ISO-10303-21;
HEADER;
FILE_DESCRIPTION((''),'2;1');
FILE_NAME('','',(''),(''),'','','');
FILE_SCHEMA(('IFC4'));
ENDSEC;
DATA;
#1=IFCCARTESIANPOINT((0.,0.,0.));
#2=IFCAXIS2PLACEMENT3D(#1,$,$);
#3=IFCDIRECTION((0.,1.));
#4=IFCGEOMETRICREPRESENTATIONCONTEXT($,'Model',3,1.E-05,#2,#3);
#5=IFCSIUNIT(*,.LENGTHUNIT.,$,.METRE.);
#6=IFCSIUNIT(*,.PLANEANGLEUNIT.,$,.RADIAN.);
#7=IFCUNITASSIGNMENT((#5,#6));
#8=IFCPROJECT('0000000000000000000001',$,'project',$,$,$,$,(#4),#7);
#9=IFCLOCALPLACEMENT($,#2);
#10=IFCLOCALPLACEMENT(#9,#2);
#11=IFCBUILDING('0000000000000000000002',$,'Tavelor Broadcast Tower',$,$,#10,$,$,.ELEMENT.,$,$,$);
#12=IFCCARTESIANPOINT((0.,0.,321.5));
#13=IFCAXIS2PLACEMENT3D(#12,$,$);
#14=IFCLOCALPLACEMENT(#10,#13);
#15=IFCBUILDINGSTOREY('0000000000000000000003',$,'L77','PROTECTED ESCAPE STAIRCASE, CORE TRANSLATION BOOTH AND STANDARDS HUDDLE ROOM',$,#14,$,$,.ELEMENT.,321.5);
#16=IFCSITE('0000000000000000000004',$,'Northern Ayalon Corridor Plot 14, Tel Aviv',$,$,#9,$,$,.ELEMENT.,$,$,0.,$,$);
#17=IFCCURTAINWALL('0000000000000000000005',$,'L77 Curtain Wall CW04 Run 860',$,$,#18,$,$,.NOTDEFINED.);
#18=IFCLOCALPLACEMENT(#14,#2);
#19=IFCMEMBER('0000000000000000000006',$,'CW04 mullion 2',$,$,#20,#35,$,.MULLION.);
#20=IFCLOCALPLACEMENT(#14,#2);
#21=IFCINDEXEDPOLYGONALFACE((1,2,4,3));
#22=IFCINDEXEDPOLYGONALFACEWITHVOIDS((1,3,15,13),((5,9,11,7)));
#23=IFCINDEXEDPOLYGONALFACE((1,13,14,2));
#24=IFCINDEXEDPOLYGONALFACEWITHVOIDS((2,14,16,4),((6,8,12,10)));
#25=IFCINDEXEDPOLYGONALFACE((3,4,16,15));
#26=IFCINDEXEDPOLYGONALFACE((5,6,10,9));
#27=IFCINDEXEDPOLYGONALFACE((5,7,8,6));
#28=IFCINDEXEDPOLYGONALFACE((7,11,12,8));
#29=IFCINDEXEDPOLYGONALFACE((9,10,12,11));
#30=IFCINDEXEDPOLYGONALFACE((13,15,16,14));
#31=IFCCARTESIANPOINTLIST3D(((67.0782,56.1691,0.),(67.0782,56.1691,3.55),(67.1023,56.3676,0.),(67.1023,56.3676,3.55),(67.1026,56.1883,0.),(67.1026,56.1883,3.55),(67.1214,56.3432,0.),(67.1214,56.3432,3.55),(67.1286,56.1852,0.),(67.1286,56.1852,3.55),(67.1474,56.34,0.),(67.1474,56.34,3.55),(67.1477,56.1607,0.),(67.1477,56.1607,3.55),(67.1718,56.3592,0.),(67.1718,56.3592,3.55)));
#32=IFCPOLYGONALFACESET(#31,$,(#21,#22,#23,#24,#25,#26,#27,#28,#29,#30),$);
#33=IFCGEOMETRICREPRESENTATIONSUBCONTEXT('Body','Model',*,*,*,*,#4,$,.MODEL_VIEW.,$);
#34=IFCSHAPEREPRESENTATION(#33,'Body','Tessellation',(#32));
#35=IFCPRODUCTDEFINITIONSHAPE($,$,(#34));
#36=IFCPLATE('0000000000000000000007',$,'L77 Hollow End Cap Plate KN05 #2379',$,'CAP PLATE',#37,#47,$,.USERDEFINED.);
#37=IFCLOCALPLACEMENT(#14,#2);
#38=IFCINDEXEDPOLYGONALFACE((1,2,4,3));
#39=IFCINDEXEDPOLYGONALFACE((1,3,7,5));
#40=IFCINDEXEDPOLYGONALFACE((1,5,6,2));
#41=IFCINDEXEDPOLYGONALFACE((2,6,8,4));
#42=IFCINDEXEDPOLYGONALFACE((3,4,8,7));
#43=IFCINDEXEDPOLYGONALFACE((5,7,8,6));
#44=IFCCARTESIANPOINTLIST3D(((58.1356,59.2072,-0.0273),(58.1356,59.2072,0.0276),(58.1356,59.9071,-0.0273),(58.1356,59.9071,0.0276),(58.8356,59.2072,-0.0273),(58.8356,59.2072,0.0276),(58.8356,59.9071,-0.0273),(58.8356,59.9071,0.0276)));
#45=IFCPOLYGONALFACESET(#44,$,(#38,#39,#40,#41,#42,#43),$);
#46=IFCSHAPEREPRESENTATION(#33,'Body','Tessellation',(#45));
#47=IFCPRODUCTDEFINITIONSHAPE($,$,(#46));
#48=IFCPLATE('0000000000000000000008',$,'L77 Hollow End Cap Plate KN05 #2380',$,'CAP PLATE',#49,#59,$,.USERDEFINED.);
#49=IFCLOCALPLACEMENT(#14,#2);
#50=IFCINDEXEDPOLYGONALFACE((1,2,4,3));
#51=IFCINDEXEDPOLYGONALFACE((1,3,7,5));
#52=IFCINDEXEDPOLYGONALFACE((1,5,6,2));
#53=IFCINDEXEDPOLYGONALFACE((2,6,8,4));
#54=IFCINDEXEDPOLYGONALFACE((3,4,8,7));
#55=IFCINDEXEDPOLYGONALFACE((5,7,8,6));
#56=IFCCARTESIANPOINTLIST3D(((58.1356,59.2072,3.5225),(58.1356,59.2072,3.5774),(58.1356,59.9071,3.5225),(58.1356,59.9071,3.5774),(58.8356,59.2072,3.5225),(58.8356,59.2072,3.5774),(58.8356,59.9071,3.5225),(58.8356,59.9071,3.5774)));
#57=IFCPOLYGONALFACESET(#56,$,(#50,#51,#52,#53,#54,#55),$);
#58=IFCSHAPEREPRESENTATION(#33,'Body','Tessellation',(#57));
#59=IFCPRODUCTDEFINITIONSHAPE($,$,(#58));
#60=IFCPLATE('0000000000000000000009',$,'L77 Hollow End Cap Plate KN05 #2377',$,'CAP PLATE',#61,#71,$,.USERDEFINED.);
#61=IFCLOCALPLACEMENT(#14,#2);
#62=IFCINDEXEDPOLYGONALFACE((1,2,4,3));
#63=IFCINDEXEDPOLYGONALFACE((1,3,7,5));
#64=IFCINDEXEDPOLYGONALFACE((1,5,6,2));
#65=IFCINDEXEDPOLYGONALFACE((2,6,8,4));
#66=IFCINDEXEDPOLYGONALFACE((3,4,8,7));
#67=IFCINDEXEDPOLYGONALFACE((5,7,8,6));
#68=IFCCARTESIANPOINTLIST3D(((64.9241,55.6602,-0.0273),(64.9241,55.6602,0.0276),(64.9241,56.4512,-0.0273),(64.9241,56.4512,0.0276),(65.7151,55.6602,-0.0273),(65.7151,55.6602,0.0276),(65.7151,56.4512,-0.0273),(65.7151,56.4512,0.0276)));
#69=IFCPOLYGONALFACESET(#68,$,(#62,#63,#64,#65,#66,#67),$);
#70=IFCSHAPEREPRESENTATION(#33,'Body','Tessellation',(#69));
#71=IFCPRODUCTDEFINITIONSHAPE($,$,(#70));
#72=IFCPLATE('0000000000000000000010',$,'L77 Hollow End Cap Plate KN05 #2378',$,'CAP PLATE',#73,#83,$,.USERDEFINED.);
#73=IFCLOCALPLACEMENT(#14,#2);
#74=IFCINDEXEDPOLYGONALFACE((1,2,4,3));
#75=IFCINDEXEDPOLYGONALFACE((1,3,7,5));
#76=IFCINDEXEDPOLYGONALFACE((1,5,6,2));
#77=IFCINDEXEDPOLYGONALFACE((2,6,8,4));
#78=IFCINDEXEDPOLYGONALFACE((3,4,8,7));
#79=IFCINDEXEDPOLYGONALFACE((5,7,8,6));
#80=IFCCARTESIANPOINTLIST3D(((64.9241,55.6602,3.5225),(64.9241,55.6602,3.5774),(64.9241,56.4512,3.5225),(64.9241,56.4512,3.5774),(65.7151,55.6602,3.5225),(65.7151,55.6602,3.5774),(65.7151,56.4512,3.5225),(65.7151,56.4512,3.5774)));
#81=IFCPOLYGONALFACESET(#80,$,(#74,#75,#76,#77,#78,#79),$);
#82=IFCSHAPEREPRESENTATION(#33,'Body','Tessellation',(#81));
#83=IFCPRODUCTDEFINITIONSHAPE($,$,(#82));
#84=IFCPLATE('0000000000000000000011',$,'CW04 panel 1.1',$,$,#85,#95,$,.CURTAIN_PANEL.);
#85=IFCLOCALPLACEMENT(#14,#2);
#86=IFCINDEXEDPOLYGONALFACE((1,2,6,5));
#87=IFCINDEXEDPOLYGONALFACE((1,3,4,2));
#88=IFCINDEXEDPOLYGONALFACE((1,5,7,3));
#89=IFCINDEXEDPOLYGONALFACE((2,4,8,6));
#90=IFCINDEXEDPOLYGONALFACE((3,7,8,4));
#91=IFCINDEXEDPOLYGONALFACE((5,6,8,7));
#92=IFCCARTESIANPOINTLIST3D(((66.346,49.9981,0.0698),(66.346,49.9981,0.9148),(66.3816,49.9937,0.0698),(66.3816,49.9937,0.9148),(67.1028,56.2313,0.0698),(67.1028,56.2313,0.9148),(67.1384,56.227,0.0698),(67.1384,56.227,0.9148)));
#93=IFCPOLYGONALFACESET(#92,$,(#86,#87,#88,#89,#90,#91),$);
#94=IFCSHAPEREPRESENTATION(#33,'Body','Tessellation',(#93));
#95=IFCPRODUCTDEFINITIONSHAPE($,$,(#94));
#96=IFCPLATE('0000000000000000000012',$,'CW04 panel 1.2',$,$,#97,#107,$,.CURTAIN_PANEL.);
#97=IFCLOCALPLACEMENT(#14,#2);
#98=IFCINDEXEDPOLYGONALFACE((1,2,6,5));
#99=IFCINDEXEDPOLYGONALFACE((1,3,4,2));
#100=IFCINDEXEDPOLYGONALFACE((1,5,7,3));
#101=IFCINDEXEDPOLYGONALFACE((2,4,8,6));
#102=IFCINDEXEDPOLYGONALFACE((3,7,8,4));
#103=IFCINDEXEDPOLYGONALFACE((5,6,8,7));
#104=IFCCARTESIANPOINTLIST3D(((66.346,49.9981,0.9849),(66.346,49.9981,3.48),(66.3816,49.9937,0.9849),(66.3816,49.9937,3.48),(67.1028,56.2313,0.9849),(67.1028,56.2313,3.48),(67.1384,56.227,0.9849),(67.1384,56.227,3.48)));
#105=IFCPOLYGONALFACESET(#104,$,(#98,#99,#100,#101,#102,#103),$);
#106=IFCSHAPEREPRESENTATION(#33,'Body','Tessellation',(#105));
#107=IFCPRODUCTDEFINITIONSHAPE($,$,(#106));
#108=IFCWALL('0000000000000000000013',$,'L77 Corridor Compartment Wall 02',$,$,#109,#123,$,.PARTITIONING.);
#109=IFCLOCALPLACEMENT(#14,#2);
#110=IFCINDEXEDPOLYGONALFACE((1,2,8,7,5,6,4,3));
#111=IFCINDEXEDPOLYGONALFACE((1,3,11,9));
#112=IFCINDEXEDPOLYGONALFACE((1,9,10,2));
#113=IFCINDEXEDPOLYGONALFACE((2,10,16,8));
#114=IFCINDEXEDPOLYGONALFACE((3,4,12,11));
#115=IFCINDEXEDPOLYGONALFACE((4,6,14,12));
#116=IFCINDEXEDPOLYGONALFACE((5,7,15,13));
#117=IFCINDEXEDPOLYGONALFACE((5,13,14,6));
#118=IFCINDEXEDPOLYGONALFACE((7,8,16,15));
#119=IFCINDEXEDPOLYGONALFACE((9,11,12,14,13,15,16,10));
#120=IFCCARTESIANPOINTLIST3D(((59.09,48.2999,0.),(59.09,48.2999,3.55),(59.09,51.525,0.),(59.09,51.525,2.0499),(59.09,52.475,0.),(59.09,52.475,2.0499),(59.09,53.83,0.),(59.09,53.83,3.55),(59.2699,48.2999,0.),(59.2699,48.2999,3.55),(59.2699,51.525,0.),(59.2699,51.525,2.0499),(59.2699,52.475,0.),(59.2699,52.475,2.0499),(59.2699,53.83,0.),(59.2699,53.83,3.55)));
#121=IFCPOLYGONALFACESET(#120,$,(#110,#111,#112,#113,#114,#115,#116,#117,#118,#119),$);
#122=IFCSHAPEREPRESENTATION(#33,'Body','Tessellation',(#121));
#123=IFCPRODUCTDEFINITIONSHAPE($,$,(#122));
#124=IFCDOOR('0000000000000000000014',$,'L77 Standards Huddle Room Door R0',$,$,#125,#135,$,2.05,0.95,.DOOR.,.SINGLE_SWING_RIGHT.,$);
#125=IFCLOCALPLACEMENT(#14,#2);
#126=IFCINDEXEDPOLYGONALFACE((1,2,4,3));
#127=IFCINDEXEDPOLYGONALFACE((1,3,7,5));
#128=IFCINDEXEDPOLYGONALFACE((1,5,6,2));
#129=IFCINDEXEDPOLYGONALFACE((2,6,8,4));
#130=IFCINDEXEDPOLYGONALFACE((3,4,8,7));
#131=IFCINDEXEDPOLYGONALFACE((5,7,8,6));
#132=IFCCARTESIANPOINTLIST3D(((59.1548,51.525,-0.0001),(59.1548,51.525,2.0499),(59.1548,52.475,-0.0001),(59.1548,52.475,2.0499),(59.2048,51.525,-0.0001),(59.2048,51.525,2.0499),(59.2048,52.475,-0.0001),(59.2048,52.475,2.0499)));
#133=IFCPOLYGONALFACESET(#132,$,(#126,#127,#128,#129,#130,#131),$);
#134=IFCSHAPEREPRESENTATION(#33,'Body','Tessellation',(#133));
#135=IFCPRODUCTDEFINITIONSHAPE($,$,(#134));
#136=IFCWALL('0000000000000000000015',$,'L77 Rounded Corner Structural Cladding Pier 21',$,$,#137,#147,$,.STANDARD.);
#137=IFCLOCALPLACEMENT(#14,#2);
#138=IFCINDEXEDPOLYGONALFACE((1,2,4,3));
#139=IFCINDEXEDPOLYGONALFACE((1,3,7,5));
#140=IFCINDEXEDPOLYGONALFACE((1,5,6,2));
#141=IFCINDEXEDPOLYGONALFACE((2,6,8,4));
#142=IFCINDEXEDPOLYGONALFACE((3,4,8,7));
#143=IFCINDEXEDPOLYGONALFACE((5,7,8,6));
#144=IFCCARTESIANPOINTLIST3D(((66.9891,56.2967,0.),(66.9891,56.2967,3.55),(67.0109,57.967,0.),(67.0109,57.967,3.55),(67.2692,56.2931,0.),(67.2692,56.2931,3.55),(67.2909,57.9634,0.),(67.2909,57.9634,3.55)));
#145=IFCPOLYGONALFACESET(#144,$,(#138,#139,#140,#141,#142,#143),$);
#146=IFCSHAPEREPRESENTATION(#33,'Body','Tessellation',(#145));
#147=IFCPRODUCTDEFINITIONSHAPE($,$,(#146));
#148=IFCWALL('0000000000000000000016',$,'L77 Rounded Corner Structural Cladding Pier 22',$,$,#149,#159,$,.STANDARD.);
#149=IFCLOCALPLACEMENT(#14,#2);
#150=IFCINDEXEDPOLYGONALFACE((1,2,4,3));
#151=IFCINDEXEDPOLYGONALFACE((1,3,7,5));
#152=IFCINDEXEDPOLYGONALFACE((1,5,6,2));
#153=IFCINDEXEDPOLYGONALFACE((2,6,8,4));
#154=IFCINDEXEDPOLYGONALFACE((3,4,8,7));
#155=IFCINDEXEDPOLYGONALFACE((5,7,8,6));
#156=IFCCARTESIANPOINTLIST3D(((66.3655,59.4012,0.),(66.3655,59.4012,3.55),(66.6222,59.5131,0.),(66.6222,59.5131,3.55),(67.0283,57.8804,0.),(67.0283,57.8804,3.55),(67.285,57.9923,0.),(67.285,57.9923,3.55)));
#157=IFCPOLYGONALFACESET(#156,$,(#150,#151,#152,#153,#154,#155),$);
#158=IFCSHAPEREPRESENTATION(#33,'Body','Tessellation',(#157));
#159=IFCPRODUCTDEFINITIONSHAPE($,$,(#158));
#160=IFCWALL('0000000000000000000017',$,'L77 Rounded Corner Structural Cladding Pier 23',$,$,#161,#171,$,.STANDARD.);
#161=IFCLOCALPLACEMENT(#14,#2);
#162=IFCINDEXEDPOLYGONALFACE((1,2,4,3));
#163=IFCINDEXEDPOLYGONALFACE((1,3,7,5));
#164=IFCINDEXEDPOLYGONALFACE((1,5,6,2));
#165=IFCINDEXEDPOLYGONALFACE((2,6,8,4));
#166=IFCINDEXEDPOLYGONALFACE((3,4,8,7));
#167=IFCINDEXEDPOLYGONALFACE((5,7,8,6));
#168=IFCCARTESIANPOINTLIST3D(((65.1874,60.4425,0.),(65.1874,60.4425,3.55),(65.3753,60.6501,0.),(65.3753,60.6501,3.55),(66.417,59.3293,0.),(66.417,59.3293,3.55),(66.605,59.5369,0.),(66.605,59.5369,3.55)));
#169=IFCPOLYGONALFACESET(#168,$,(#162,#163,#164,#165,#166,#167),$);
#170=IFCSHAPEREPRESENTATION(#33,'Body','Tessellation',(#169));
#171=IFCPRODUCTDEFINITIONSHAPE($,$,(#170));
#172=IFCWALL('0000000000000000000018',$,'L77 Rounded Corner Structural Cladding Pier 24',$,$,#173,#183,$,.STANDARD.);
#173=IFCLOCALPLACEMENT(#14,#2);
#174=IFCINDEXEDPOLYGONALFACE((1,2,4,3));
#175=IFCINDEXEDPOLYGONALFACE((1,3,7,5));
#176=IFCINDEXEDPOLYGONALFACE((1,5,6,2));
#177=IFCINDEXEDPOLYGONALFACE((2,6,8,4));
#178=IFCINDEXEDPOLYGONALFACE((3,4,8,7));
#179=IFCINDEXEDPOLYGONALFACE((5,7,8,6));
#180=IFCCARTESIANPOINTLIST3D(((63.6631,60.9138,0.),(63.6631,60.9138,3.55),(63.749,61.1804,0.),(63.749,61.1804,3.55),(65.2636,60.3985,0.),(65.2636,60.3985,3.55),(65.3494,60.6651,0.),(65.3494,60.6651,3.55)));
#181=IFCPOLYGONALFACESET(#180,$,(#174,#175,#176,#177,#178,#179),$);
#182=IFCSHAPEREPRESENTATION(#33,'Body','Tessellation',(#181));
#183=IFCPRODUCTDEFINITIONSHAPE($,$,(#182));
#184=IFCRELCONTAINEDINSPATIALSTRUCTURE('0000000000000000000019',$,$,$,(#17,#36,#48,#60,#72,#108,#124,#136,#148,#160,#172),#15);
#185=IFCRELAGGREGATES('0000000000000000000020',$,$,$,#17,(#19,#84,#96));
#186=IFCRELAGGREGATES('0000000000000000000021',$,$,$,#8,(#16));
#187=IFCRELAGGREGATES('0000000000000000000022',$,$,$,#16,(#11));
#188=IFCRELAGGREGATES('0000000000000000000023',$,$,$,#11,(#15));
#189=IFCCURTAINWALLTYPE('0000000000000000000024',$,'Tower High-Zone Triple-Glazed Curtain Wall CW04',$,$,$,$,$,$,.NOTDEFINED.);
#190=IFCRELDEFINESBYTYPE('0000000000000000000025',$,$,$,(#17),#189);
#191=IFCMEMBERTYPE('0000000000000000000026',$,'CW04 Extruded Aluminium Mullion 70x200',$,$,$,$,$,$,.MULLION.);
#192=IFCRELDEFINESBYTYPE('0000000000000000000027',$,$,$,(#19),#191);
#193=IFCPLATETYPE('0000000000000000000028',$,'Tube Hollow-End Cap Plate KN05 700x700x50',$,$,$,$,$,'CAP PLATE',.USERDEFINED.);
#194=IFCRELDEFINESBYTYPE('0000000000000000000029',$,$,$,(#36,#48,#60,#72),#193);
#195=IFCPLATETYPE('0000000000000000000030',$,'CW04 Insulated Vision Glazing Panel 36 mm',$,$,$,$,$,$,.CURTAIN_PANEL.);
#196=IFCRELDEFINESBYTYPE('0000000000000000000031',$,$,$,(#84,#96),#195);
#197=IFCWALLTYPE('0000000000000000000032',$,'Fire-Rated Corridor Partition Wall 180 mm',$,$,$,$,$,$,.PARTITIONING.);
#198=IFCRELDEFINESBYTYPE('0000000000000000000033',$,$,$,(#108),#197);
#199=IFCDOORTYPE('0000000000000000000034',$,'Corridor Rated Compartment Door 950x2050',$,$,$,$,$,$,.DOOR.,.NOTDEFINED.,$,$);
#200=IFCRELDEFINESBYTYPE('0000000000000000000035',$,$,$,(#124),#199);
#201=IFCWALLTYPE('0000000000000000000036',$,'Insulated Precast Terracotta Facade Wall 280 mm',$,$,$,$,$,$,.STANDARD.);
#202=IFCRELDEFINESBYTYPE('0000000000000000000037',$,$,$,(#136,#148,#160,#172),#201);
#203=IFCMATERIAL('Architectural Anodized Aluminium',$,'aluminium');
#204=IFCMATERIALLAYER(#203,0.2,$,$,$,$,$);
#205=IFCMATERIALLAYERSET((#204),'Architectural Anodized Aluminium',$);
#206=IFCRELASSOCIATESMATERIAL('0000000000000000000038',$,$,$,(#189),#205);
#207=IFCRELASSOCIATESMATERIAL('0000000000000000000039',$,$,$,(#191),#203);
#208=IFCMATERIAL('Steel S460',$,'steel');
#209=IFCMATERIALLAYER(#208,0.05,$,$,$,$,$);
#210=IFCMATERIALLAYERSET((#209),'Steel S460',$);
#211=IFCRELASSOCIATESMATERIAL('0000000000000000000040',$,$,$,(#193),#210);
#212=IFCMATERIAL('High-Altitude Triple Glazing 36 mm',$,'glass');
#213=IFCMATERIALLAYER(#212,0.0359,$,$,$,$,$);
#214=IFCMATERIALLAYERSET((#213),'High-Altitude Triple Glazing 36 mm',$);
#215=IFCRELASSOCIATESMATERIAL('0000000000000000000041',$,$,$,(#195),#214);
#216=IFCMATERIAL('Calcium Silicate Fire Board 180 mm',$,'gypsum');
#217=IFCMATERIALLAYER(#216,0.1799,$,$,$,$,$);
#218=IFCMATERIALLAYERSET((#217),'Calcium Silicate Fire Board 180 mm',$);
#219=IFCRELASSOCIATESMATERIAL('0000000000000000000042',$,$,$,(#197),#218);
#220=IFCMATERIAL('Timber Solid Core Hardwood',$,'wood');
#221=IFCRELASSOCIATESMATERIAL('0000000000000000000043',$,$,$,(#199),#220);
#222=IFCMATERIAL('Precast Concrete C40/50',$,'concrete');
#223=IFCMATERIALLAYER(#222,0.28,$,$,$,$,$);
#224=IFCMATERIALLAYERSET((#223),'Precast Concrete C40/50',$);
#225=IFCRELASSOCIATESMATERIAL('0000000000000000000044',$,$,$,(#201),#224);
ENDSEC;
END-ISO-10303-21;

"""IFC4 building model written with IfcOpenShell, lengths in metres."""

from ifc_helpers import new_model, si_unit, direction, frame, frame_2d, origin, origin_2d, place, context, subcontext, project, spatial, rectangle, hollow_rectangle, extrude, source, transform, mapped, material, layer, layer_set, material_profile, profile_set, type_object, type_shapes, element, fill, aggregate, save


model = new_model("IFC4")

# Units and contexts
model_context = context("Model", 3, precision=1e-05, world=origin(), true_north=direction((0.0, 1.0)))
body_context = subcontext(model_context, "Body", "Model", "MODEL_VIEW")
ifc_project = project(units=[si_unit("LENGTHUNIT", "METRE"), si_unit("PLANEANGLEUNIT", "RADIAN")], contexts=[model_context])

# Site, building, storey
site_placement = place(None, origin())
site = spatial("IfcSite", under=ifc_project, at=site_placement, Name="Northern Ayalon Corridor Plot 14, Tel Aviv", CompositionType="ELEMENT", RefElevation=0.0)
building_placement = place(site_placement, origin())
building = spatial("IfcBuilding", under=site, at=building_placement, Name="Tavelor Broadcast Tower", CompositionType="ELEMENT")
storey_placement = place(building_placement, frame((0.0, 0.0, 321.5)))
storey = spatial("IfcBuildingStorey", under=building, at=storey_placement, Name="L77", Description="PROTECTED ESCAPE STAIRCASE, CORE TRANSLATION BOOTH AND STANDARDS HUDDLE ROOM", CompositionType="ELEMENT", Elevation=321.5)

# Shared definitions
ifc_material_1 = material(Name="Steel S460", Category="steel")

# Curtain wall, member
ifc_material_2 = material(Name="Architectural Anodized Aluminium", Category="aluminium")
ifc_layer_1 = layer(ifc_material_2, 0.2)
ifc_layer_set_1 = layer_set([ifc_layer_1], Name="Architectural Anodized Aluminium")
curtain_wall_type = type_object("IfcCurtainWallType", Name="Tower High-Zone Triple-Glazed Curtain Wall CW04", PredefinedType="NOTDEFINED", material=ifc_layer_set_1)
curtain_wall_placement = place(storey_placement, origin())
curtain_wall = element("IfcCurtainWall", 1, at=curtain_wall_placement, inside=storey, type_object=curtain_wall_type, Name="L77 Curtain Wall CW04 Run 860", PredefinedType="NOTDEFINED")
ifc_material_profile_1 = material_profile(ifc_material_2, hollow_rectangle(XDim=0.0701, YDim=0.2, WallThickness=0.022, at=origin_2d()), Name="RHS 70x200x22")
ifc_profile_set_1 = profile_set([ifc_material_profile_1], Name="Architectural Anodized Aluminium")
member_type = type_object("IfcMemberType", Name="CW04 Extruded Aluminium Mullion 70x200", PredefinedType="MULLION", material=ifc_profile_set_1)
shared_shape_1 = source(origin(), body_context, "Body", "SweptSolid", [
    extrude(hollow_rectangle(XDim=0.0701, YDim=0.2, WallThickness=0.022, at=origin_2d()), origin(), (0.0, 0.0, 1.0), 3.55),
])
type_shapes(member_type, [shared_shape_1])
member_placement = place(storey_placement, frame((67.125, 56.2642, 0.0), z_axis=(0.0, 0.0, 1.0), x_axis=(-0.99271, 0.120531, 0.0)))
member = element("IfcMember", 2, at=member_placement, type_object=member_type, Name="CW04 mullion 2", PredefinedType="MULLION", context=body_context, shape_type="MappedRepresentation", body=[
    mapped(shared_shape_1, transform((0.0, 0.0, 0.0), scale=1.0)),
])

# Plates
ifc_layer_2 = layer(ifc_material_1, 0.05)
ifc_layer_set_2 = layer_set([ifc_layer_2], Name="Steel S460")
plate_type_1 = type_object("IfcPlateType", Name="Tube Hollow-End Cap Plate KN05 700x700x50", ElementType="CAP PLATE", PredefinedType="USERDEFINED", material=ifc_layer_set_2)
shared_shape_2 = source(origin(), body_context, "Body", "SweptSolid", [
    extrude(rectangle(XDim=0.7, YDim=0.7, at=origin_2d()), origin(), (0.0, 0.0, 1.0), 0.0549),
])
for number, where, z_axis, x_axis, name in (
    (3, (58.4856, 59.5571, -0.0273), (0.0, 0.0, 1.0), (1.0, 0.0, 0.0), "L77 Hollow End Cap Plate KN05 #2379"),
    (4, (58.4856, 59.5571, 3.5225), (0.0, 0.0, 1.0), (1.0, 0.0, 0.0), "L77 Hollow End Cap Plate KN05 #2380"),
):
    element("IfcPlate", number, at=place(storey_placement, frame(where, z_axis=z_axis, x_axis=x_axis)), inside=storey, type_object=plate_type_1, Name=name, ObjectType="CAP PLATE", PredefinedType="USERDEFINED", context=body_context, shape_type="MappedRepresentation", body=[
        mapped(shared_shape_2, transform((0.0, 0.0, 0.0), scale=1.0)),
    ])
shared_shape_3 = source(origin(), body_context, "Body", "SweptSolid", [
    extrude(rectangle(XDim=0.791, YDim=0.791, at=origin_2d()), origin(), (0.0, 0.0, 1.0), 0.0549),
])
type_shapes(plate_type_1, [shared_shape_2, shared_shape_3])
for number, where, z_axis, x_axis, name in (
    (5, (65.3196, 56.0557, -0.0273), (0.0, 0.0, 1.0), (1.0, 0.0, 0.0), "L77 Hollow End Cap Plate KN05 #2377"),
    (6, (65.3196, 56.0557, 3.5225), (0.0, 0.0, 1.0), (1.0, 0.0, 0.0), "L77 Hollow End Cap Plate KN05 #2378"),
):
    element("IfcPlate", number, at=place(storey_placement, frame(where, z_axis=z_axis, x_axis=x_axis)), inside=storey, type_object=plate_type_1, Name=name, ObjectType="CAP PLATE", PredefinedType="USERDEFINED", context=body_context, shape_type="MappedRepresentation", body=[
        mapped(shared_shape_3, transform((0.0, 0.0, 0.0), scale=1.0)),
    ])

# Plates
ifc_material_3 = material(Name="High-Altitude Triple Glazing 36 mm", Category="glass")
ifc_layer_3 = layer(ifc_material_3, 0.0359)
ifc_layer_set_3 = layer_set([ifc_layer_3], Name="High-Altitude Triple Glazing 36 mm")
plate_type_2 = type_object("IfcPlateType", Name="CW04 Insulated Vision Glazing Panel 36 mm", PredefinedType="CURTAIN_PANEL", material=ifc_layer_set_3)
shared_shape_4 = source(origin(), body_context, "Body", "SweptSolid", [
    extrude(rectangle(XDim=6.2791, YDim=0.0359, at=origin_2d()), origin(), (0.0, 0.0, 1.0), 0.845),
])
plate_1_placement = place(storey_placement, frame((66.7422, 53.1125, 0.0698), z_axis=(0.0, 0.0, 1.0), x_axis=(0.120531, 0.99271, 0.0)))
plate_1 = element("IfcPlate", 7, at=plate_1_placement, type_object=plate_type_2, Name="CW04 panel 1.1", PredefinedType="CURTAIN_PANEL", context=body_context, shape_type="MappedRepresentation", body=[
    mapped(shared_shape_4, transform((0.0, 0.0, 0.0), scale=1.0)),
])
shared_shape_5 = source(origin(), body_context, "Body", "SweptSolid", [
    extrude(rectangle(XDim=6.2791, YDim=0.0359, at=origin_2d()), origin(), (0.0, 0.0, 1.0), 2.4951),
])
type_shapes(plate_type_2, [shared_shape_4, shared_shape_5])
plate_2_placement = place(storey_placement, frame((66.7422, 53.1125, 0.9849), z_axis=(0.0, 0.0, 1.0), x_axis=(0.120531, 0.99271, 0.0)))
plate_2 = element("IfcPlate", 8, at=plate_2_placement, type_object=plate_type_2, Name="CW04 panel 1.2", PredefinedType="CURTAIN_PANEL", context=body_context, shape_type="MappedRepresentation", body=[
    mapped(shared_shape_5, transform((0.0, 0.0, 0.0), scale=1.0)),
])
aggregate(curtain_wall, [member, plate_1, plate_2])

# Wall, opening, door
ifc_material_4 = material(Name="Calcium Silicate Fire Board 180 mm", Category="gypsum")
ifc_layer_4 = layer(ifc_material_4, 0.1799)
ifc_layer_set_4 = layer_set([ifc_layer_4], Name="Calcium Silicate Fire Board 180 mm")
wall_type_1 = type_object("IfcWallType", Name="Fire-Rated Corridor Partition Wall 180 mm", PredefinedType="PARTITIONING", material=ifc_layer_set_4)
wall_1_placement = place(storey_placement, frame((59.1799, 53.8301, 0.0), z_axis=(0.0, 0.0, 1.0), x_axis=(0.0, -1.0, 0.0)))
wall_1 = element("IfcWall", 9, at=wall_1_placement, inside=storey, type_object=wall_type_1, Name="L77 Corridor Compartment Wall 02", PredefinedType="PARTITIONING", context=body_context, shape_type="SweptSolid", body=[
    extrude(rectangle(XDim=5.53, YDim=0.1799, at=frame_2d((2.7651, 0.0))), origin(), (0.0, 0.0, 1.0), 3.55),
])
opening_placement = place(wall_1_placement, frame((1.355, 0.0, 0.0)))
opening = element("IfcOpeningElement", 10, at=opening_placement, cuts=wall_1, PredefinedType="OPENING", context=body_context, shape_type="SweptSolid", body=[
    extrude(rectangle(XDim=0.95, YDim=2.05, at=frame_2d((0.4751, 1.0249))), frame((0.0, 0.1001, 0.0), z_axis=(0.0, -1.0, 0.0), x_axis=(1.0, 0.0, 0.0)), (0.0, 0.0, 1.0), 0.2),
])
ifc_material_5 = material(Name="Timber Solid Core Hardwood", Category="wood")
door_type = type_object("IfcDoorType", Name="Corridor Rated Compartment Door 950x2050", OperationType="NOTDEFINED", PredefinedType="DOOR", material=ifc_material_5)
door_placement = place(opening_placement, origin())
door = element("IfcDoor", 11, at=door_placement, inside=storey, type_object=door_type, Name="L77 Standards Huddle Room Door R0", OperationType="SINGLE_SWING_RIGHT", OverallHeight=2.05, OverallWidth=0.95, PredefinedType="DOOR", context=body_context, shape_type="SweptSolid", body=[
    extrude(rectangle(XDim=0.95, YDim=2.05, at=frame_2d((0.4751, 1.0249))), frame((0.0, 0.0249, 0.0), z_axis=(0.0, -1.0, 0.0), x_axis=(1.0, 0.0, 0.0)), (0.0, 0.0, 1.0), 0.05),
])
fill(opening, door)

# Walls
ifc_material_6 = material(Name="Precast Concrete C40/50", Category="concrete")
ifc_layer_5 = layer(ifc_material_6, 0.28)
ifc_layer_set_5 = layer_set([ifc_layer_5], Name="Precast Concrete C40/50")
wall_type_2 = type_object("IfcWallType", Name="Insulated Precast Terracotta Facade Wall 280 mm", PredefinedType="STANDARD", material=ifc_layer_set_5)
wall_2_placement = place(storey_placement, frame((67.1292, 56.2949, 0.0), z_axis=(0.0, 0.0, 1.0), x_axis=(0.013009, 0.999915, 0.0)))
element("IfcWall", 12, at=wall_2_placement, inside=storey, type_object=wall_type_2, Name="L77 Rounded Corner Structural Cladding Pier 21", PredefinedType="STANDARD", context=body_context, shape_type="SweptSolid", body=[
    extrude(rectangle(XDim=1.6704, YDim=0.28, at=frame_2d((0.8352, 0.0))), origin(), (0.0, 0.0, 1.0), 3.55),
])
wall_3_placement = place(storey_placement, frame((67.1567, 57.9363, 0.0), z_axis=(0.0, 0.0, 1.0), x_axis=(-0.39956, 0.916707, 0.0)))
element("IfcWall", 13, at=wall_3_placement, inside=storey, type_object=wall_type_2, Name="L77 Rounded Corner Structural Cladding Pier 22", PredefinedType="STANDARD", context=body_context, shape_type="SweptSolid", body=[
    extrude(rectangle(XDim=1.6589, YDim=0.28, at=frame_2d((0.8296, 0.0))), origin(), (0.0, 0.0, 1.0), 3.55),
])
wall_4_placement = place(storey_placement, frame((66.511, 59.4331, 0.0), z_axis=(0.0, 0.0, 1.0), x_axis=(-0.741337, 0.671133, 0.0)))
element("IfcWall", 14, at=wall_4_placement, inside=storey, type_object=wall_type_2, Name="L77 Rounded Corner Structural Cladding Pier 23", PredefinedType="STANDARD", context=body_context, shape_type="SweptSolid", body=[
    extrude(rectangle(XDim=1.6587, YDim=0.28, at=frame_2d((0.8293, 0.0))), origin(), (0.0, 0.0, 1.0), 3.55),
])
wall_5_placement = place(storey_placement, frame((65.3066, 60.5317, 0.0), z_axis=(0.0, 0.0, 1.0), x_axis=(-0.951871, 0.306498, 0.0)))
element("IfcWall", 15, at=wall_5_placement, inside=storey, type_object=wall_type_2, Name="L77 Rounded Corner Structural Cladding Pier 24", PredefinedType="STANDARD", context=body_context, shape_type="SweptSolid", body=[
    extrude(rectangle(XDim=1.6814, YDim=0.28, at=frame_2d((0.8408, 0.0))), origin(), (0.0, 0.0, 1.0), 3.55),
])

save(model, "model.ifc")
